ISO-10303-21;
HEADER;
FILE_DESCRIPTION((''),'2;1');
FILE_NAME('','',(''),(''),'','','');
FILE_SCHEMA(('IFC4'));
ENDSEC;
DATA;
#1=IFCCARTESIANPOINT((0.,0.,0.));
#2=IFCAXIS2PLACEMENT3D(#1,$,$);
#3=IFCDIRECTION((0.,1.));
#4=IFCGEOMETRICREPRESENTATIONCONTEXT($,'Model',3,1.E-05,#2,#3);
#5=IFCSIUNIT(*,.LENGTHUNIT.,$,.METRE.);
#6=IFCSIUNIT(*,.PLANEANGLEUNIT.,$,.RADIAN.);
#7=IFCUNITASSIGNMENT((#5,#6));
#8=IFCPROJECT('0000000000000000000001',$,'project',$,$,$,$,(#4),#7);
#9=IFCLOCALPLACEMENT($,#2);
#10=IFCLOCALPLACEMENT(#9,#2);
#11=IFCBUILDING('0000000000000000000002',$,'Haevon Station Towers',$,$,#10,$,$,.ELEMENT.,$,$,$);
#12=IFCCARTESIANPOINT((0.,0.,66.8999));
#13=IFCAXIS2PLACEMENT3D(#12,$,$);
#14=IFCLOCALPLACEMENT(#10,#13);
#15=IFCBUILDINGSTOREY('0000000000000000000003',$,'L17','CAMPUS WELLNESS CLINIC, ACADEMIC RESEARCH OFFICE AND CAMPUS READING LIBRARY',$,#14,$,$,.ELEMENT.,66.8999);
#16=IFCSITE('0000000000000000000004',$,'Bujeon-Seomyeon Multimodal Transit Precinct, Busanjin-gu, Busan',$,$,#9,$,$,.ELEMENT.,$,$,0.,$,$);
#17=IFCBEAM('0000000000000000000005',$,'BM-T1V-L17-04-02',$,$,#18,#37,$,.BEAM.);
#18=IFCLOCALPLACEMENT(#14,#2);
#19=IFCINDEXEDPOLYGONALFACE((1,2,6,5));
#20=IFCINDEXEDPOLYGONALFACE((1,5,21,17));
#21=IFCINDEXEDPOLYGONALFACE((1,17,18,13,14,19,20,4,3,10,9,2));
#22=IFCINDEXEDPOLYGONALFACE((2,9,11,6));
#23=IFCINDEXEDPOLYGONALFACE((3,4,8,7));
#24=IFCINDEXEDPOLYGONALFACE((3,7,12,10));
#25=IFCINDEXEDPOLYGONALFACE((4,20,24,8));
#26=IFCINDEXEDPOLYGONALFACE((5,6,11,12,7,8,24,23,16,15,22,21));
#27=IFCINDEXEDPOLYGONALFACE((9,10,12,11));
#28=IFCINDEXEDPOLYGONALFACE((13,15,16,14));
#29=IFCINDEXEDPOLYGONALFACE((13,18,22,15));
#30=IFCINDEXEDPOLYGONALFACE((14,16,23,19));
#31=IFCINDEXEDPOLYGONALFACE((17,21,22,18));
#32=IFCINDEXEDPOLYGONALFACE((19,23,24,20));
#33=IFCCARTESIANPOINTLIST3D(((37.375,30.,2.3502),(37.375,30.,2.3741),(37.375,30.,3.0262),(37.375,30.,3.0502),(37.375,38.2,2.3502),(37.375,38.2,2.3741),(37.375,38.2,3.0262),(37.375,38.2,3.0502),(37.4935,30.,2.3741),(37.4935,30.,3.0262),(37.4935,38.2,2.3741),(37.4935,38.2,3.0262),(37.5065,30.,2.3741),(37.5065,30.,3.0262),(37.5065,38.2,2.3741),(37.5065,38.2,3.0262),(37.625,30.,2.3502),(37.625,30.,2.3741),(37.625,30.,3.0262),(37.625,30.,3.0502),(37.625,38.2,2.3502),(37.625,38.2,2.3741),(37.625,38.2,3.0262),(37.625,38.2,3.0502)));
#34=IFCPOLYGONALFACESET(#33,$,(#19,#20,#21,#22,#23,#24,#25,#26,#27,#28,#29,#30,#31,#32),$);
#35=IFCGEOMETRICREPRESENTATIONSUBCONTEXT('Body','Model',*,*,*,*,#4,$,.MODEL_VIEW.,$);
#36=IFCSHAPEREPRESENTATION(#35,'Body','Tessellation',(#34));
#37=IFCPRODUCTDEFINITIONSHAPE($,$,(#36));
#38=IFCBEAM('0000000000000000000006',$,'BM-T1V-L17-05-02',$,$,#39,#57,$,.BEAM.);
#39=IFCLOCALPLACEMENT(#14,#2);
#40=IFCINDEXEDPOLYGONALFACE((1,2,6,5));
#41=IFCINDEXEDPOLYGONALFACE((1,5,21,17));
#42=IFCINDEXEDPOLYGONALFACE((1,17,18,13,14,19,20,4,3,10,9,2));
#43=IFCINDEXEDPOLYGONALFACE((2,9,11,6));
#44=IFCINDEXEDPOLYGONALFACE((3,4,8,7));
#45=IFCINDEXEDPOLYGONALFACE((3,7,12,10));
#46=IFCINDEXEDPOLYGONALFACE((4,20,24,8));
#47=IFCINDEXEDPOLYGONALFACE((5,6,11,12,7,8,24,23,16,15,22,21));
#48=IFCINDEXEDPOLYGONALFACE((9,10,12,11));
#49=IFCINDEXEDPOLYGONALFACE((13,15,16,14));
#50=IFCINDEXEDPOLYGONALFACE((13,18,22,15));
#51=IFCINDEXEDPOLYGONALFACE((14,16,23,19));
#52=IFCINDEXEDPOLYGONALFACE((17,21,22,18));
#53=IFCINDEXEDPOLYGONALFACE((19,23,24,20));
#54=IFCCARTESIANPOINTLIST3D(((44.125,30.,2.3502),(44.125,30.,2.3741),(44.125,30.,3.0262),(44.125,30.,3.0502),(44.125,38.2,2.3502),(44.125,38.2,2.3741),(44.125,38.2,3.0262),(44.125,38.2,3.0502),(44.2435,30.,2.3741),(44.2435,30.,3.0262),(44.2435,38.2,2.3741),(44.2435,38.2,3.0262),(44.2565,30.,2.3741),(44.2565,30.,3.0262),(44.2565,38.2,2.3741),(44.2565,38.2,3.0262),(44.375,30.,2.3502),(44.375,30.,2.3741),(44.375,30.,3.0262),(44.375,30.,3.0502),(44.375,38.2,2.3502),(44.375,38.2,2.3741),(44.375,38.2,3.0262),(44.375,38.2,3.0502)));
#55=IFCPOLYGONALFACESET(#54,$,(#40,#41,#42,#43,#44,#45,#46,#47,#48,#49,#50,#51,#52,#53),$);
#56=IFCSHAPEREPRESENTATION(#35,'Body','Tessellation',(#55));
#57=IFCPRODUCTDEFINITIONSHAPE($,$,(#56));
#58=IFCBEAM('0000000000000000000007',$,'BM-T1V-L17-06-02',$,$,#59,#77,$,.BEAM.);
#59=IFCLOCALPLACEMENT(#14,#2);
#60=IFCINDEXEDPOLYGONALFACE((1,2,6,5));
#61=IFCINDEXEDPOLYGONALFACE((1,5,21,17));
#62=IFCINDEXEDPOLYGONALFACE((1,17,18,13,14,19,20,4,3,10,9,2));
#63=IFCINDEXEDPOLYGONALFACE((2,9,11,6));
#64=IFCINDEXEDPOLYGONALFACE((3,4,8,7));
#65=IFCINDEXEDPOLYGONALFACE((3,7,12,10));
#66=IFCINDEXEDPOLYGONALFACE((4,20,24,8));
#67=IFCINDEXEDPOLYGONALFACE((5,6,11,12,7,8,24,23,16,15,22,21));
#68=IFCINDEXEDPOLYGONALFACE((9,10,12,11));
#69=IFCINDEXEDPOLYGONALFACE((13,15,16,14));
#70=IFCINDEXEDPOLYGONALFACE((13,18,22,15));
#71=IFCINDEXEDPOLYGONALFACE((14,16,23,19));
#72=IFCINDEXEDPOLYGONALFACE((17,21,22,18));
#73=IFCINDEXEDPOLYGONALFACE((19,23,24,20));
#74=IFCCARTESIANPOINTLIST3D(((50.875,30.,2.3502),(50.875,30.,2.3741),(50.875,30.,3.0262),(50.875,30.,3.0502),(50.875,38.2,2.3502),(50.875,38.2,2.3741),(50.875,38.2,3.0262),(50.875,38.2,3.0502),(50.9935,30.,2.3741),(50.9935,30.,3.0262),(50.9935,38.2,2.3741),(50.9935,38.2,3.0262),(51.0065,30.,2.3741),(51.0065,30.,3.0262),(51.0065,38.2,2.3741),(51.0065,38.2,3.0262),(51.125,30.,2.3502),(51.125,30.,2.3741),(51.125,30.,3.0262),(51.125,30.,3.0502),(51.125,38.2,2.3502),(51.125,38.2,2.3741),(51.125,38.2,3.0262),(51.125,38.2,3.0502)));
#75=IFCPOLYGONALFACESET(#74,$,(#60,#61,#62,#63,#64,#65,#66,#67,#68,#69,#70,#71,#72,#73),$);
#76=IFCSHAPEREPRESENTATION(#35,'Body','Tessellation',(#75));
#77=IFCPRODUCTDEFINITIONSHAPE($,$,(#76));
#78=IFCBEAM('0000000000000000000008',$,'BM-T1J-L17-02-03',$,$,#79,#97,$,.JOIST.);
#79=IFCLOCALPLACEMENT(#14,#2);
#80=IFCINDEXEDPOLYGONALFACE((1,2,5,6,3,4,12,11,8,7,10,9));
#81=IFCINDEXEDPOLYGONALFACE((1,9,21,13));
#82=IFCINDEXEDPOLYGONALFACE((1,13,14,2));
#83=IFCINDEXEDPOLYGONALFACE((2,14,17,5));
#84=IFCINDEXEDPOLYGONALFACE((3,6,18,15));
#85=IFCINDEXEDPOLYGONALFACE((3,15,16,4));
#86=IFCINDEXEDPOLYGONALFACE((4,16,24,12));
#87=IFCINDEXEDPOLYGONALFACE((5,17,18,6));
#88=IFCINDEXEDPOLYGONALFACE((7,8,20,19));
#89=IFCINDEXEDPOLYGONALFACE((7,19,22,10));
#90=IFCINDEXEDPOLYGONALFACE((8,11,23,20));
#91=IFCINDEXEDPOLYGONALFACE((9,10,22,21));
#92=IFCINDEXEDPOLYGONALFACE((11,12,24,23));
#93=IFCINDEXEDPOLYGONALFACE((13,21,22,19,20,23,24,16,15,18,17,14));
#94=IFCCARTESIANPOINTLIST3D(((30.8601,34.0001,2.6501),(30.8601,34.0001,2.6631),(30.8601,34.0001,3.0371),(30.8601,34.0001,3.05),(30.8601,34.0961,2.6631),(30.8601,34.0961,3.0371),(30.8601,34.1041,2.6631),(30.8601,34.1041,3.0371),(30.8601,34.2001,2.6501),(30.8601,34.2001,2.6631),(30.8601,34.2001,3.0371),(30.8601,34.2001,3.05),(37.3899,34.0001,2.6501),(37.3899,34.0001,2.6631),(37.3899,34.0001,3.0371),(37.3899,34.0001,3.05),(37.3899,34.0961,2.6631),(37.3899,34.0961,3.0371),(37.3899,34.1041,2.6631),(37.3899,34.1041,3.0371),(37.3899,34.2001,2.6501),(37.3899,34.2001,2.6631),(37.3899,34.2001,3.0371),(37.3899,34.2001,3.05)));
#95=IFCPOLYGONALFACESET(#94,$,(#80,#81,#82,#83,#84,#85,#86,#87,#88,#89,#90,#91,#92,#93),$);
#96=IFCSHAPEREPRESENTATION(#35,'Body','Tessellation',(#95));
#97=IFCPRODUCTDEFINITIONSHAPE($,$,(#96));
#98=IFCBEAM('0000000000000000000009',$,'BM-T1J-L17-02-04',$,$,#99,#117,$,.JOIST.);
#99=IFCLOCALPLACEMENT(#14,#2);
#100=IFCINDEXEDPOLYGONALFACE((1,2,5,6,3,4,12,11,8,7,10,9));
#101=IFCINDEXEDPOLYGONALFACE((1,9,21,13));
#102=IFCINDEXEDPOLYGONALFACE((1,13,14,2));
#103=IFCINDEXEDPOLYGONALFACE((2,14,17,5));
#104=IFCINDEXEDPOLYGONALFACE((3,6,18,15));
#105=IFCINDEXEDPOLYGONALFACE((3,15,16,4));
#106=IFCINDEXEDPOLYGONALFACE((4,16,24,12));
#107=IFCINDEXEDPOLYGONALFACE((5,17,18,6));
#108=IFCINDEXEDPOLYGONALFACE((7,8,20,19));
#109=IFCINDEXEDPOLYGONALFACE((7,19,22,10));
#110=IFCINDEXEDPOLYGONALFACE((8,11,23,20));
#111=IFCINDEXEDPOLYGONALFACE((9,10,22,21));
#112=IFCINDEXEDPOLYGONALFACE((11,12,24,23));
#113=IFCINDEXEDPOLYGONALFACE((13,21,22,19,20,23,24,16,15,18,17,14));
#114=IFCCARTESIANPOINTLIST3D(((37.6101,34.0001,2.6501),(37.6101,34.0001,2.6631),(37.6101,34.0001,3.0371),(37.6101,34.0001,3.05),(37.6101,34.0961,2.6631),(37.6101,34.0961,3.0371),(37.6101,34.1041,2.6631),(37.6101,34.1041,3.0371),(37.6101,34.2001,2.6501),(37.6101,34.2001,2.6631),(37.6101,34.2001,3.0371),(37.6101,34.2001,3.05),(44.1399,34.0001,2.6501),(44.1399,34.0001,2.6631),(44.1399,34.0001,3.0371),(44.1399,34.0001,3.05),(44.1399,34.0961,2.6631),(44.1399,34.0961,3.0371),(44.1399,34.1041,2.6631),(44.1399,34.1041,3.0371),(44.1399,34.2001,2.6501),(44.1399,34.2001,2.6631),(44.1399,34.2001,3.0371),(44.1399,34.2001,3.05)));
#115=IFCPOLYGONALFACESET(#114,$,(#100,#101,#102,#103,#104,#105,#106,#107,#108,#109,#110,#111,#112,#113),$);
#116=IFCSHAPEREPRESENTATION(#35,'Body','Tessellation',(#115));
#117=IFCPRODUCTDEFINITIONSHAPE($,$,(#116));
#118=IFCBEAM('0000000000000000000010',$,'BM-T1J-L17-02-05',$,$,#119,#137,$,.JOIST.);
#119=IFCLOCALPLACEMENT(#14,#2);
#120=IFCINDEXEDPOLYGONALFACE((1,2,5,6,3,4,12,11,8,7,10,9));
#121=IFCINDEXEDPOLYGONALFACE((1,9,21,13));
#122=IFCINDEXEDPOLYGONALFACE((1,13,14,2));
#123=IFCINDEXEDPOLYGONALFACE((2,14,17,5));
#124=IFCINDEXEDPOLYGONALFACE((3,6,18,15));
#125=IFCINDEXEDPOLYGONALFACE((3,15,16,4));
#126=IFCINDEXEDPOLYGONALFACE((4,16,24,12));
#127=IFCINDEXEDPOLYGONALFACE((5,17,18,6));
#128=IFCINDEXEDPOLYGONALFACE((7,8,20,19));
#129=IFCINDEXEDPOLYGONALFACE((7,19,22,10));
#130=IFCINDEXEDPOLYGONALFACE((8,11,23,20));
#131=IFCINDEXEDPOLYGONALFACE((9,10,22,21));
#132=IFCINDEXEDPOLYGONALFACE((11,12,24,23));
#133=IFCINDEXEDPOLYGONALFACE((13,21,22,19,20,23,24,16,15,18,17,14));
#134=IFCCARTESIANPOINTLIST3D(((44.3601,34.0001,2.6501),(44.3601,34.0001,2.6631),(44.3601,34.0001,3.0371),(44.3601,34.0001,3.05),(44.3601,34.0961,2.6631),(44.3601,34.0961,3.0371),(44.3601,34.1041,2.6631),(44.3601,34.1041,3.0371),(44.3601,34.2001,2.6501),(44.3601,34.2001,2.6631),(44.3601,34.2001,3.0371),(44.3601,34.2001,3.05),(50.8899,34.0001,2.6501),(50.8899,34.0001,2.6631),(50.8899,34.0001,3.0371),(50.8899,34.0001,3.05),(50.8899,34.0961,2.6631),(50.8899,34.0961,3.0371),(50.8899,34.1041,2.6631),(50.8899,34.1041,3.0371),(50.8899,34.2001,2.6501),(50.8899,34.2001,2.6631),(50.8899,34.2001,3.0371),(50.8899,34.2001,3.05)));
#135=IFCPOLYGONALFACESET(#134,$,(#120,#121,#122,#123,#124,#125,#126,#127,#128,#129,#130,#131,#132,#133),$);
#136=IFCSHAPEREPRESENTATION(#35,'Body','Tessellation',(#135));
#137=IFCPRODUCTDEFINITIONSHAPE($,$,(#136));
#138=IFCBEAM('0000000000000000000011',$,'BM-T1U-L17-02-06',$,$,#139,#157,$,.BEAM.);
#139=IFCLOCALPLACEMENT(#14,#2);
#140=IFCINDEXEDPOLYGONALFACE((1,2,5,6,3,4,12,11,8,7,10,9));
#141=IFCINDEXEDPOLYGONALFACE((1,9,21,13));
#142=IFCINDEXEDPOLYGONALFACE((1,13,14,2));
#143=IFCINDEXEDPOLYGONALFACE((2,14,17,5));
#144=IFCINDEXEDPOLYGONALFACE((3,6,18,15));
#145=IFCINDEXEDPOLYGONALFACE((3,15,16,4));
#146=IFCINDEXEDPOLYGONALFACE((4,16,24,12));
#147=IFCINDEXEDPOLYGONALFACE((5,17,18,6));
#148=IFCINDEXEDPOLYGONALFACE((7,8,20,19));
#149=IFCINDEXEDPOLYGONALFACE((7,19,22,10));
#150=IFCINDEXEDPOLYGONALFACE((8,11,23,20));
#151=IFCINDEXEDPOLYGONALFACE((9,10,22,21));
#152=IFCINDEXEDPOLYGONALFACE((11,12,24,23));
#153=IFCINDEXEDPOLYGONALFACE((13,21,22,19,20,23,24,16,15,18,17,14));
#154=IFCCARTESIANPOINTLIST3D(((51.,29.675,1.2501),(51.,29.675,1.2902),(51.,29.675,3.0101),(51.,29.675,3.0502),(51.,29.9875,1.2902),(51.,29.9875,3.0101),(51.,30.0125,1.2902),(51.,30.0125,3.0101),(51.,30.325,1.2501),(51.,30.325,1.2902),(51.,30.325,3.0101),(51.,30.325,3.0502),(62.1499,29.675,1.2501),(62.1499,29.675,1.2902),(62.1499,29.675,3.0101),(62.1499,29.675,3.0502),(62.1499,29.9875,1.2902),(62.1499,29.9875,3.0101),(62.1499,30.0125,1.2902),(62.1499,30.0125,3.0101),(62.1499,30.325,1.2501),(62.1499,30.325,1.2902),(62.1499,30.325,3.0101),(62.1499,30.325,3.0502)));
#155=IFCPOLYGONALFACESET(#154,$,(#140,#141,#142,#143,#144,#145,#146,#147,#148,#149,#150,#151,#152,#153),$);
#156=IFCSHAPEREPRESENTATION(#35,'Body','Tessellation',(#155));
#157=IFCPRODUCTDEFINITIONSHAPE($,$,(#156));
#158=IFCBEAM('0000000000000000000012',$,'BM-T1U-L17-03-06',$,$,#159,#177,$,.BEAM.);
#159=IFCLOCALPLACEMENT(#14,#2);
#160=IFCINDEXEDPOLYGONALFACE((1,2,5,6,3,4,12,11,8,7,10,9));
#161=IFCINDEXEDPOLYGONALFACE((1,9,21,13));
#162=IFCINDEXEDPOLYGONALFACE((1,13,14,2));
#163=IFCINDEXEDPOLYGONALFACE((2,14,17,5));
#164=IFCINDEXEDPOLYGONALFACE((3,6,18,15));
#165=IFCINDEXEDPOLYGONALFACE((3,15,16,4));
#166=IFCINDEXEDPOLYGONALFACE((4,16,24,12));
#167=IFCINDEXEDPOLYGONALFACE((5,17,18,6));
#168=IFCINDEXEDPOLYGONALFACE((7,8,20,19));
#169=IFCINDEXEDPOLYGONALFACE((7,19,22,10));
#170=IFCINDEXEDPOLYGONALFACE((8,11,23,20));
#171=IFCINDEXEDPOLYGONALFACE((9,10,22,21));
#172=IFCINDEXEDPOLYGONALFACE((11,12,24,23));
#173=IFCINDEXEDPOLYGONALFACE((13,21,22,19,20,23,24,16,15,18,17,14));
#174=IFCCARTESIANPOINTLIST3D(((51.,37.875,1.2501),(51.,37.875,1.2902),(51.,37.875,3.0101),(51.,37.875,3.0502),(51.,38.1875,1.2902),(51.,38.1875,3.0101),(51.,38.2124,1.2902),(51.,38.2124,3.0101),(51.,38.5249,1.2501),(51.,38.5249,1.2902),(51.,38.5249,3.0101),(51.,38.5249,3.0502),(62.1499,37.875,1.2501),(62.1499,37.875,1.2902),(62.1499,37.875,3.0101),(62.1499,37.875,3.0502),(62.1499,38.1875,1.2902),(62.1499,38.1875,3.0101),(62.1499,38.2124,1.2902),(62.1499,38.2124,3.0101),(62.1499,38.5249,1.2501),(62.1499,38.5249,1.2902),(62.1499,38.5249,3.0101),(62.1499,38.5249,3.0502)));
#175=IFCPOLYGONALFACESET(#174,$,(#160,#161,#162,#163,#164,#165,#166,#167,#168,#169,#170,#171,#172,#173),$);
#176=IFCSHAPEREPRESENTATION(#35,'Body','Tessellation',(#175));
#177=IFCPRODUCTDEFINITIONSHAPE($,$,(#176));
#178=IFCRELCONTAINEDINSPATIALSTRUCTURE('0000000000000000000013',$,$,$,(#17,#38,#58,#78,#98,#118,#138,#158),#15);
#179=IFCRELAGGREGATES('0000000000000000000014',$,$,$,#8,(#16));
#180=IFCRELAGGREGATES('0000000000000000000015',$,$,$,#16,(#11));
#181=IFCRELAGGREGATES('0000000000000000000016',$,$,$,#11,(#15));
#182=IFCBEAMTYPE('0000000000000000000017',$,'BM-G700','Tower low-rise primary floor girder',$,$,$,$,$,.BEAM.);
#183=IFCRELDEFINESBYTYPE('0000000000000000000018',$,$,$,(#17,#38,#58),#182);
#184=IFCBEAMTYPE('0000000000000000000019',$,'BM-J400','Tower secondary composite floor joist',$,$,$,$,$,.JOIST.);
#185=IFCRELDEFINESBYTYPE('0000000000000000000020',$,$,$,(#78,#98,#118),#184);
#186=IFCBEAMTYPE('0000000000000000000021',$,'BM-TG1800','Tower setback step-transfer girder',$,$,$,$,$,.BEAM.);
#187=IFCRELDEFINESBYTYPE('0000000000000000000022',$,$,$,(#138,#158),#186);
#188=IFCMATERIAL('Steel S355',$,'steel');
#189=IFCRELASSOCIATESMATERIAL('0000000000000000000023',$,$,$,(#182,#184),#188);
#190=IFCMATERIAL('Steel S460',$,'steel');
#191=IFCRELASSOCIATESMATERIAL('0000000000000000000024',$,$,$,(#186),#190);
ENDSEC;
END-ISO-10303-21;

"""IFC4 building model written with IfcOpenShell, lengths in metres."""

from ifc_helpers import new_model, si_unit, direction, frame, origin, origin_2d, place, context, subcontext, project, spatial, i_section, extrude, material, material_profile, profile_set, type_object, element, save


model = new_model("IFC4")

# Units and contexts
model_context = context("Model", 3, precision=1e-05, world=origin(), true_north=direction((0.0, 1.0)))
body_context = subcontext(model_context, "Body", "Model", "MODEL_VIEW")
ifc_project = project(units=[si_unit("LENGTHUNIT", "METRE"), si_unit("PLANEANGLEUNIT", "RADIAN")], contexts=[model_context])

# Site, building, storey
site_placement = place(None, origin())
site = spatial("IfcSite", under=ifc_project, at=site_placement, Name="Bujeon-Seomyeon Multimodal Transit Precinct, Busanjin-gu, Busan", CompositionType="ELEMENT", RefElevation=0.0)
building_placement = place(site_placement, origin())
building = spatial("IfcBuilding", under=site, at=building_placement, Name="Haevon Station Towers", CompositionType="ELEMENT")
storey_placement = place(building_placement, frame((0.0, 0.0, 66.8999)))
storey = spatial("IfcBuildingStorey", under=building, at=storey_placement, Name="L17", Description="CAMPUS WELLNESS CLINIC, ACADEMIC RESEARCH OFFICE AND CAMPUS READING LIBRARY", CompositionType="ELEMENT", Elevation=66.8999)

# Shared definitions
ifc_material_1 = material(Name="Steel S460", Category="steel")

# Beams
ifc_material_2 = material(Name="Steel S355", Category="steel")
ifc_material_profile_1 = material_profile(ifc_material_2, i_section(OverallWidth=0.25, OverallDepth=0.7, WebThickness=0.0129, FlangeThickness=0.0239, at=origin_2d()), Name="H-700x250x13x24")
ifc_profile_set_1 = profile_set([ifc_material_profile_1], Name="Steel S355")
beam_type_1 = type_object("IfcBeamType", Name="BM-G700", Description="Tower low-rise primary floor girder", PredefinedType="BEAM", material=ifc_profile_set_1)
for number, where, z_axis, x_axis, name in (
    (1, (37.5, 30.0, 2.7002), (0.0, 1.0, 0.0), (-1.0, 0.0, 0.0), "BM-T1V-L17-04-02"),
    (2, (44.25, 30.0, 2.7002), (0.0, 1.0, 0.0), (-1.0, 0.0, 0.0), "BM-T1V-L17-05-02"),
    (3, (51.0, 30.0, 2.7002), (0.0, 1.0, 0.0), (-1.0, 0.0, 0.0), "BM-T1V-L17-06-02"),
):
    element("IfcBeam", number, at=place(storey_placement, frame(where, z_axis=z_axis, x_axis=x_axis)), inside=storey, type_object=beam_type_1, Name=name, PredefinedType="BEAM", context=body_context, shape_type="SweptSolid", body=[
        extrude(i_section(OverallWidth=0.25, OverallDepth=0.7, WebThickness=0.0129, FlangeThickness=0.0239, at=origin_2d()), origin(), (0.0, 0.0, 1.0), 8.2),
    ])
ifc_material_profile_2 = material_profile(ifc_material_2, i_section(OverallWidth=0.2, OverallDepth=0.3999, WebThickness=0.0081, FlangeThickness=0.0129, at=origin_2d()), Name="H-400x200x8x13")
ifc_profile_set_2 = profile_set([ifc_material_profile_2], Name="Steel S355")
beam_type_2 = type_object("IfcBeamType", Name="BM-J400", Description="Tower secondary composite floor joist", PredefinedType="JOIST", material=ifc_profile_set_2)
for number, where, z_axis, x_axis, name in (
    (4, (30.8601, 34.1001, 2.8501), (1.0, 0.0, 0.0), (0.0, 1.0, 0.0), "BM-T1J-L17-02-03"),
    (5, (37.6101, 34.1001, 2.8501), (1.0, 0.0, 0.0), (0.0, 1.0, 0.0), "BM-T1J-L17-02-04"),
    (6, (44.3601, 34.1001, 2.8501), (1.0, 0.0, 0.0), (0.0, 1.0, 0.0), "BM-T1J-L17-02-05"),
):
    element("IfcBeam", number, at=place(storey_placement, frame(where, z_axis=z_axis, x_axis=x_axis)), inside=storey, type_object=beam_type_2, Name=name, PredefinedType="JOIST", context=body_context, shape_type="SweptSolid", body=[
        extrude(i_section(OverallWidth=0.2, OverallDepth=0.3999, WebThickness=0.0081, FlangeThickness=0.0129, at=origin_2d()), origin(), (0.0, 0.0, 1.0), 6.5298),
    ])
ifc_material_profile_3 = material_profile(ifc_material_1, i_section(OverallWidth=0.6499, OverallDepth=1.8, WebThickness=0.0249, FlangeThickness=0.04, at=origin_2d()), Name="H-1800x650x25x40")
ifc_profile_set_3 = profile_set([ifc_material_profile_3], Name="Steel S460")
beam_type_3 = type_object("IfcBeamType", Name="BM-TG1800", Description="Tower setback step-transfer girder", PredefinedType="BEAM", material=ifc_profile_set_3)
for number, where, z_axis, x_axis, name in (
    (7, (51.0, 30.0, 2.1501), (1.0, 0.0, 0.0), (0.0, 1.0, 0.0), "BM-T1U-L17-02-06"),
    (8, (51.0, 38.2, 2.1501), (1.0, 0.0, 0.0), (0.0, 1.0, 0.0), "BM-T1U-L17-03-06"),
):
    element("IfcBeam", number, at=place(storey_placement, frame(where, z_axis=z_axis, x_axis=x_axis)), inside=storey, type_object=beam_type_3, Name=name, PredefinedType="BEAM", context=body_context, shape_type="SweptSolid", body=[
        extrude(i_section(OverallWidth=0.6499, OverallDepth=1.8, WebThickness=0.0249, FlangeThickness=0.04, at=origin_2d()), origin(), (0.0, 0.0, 1.0), 11.1499),
    ])

save(model, "model.ifc")
